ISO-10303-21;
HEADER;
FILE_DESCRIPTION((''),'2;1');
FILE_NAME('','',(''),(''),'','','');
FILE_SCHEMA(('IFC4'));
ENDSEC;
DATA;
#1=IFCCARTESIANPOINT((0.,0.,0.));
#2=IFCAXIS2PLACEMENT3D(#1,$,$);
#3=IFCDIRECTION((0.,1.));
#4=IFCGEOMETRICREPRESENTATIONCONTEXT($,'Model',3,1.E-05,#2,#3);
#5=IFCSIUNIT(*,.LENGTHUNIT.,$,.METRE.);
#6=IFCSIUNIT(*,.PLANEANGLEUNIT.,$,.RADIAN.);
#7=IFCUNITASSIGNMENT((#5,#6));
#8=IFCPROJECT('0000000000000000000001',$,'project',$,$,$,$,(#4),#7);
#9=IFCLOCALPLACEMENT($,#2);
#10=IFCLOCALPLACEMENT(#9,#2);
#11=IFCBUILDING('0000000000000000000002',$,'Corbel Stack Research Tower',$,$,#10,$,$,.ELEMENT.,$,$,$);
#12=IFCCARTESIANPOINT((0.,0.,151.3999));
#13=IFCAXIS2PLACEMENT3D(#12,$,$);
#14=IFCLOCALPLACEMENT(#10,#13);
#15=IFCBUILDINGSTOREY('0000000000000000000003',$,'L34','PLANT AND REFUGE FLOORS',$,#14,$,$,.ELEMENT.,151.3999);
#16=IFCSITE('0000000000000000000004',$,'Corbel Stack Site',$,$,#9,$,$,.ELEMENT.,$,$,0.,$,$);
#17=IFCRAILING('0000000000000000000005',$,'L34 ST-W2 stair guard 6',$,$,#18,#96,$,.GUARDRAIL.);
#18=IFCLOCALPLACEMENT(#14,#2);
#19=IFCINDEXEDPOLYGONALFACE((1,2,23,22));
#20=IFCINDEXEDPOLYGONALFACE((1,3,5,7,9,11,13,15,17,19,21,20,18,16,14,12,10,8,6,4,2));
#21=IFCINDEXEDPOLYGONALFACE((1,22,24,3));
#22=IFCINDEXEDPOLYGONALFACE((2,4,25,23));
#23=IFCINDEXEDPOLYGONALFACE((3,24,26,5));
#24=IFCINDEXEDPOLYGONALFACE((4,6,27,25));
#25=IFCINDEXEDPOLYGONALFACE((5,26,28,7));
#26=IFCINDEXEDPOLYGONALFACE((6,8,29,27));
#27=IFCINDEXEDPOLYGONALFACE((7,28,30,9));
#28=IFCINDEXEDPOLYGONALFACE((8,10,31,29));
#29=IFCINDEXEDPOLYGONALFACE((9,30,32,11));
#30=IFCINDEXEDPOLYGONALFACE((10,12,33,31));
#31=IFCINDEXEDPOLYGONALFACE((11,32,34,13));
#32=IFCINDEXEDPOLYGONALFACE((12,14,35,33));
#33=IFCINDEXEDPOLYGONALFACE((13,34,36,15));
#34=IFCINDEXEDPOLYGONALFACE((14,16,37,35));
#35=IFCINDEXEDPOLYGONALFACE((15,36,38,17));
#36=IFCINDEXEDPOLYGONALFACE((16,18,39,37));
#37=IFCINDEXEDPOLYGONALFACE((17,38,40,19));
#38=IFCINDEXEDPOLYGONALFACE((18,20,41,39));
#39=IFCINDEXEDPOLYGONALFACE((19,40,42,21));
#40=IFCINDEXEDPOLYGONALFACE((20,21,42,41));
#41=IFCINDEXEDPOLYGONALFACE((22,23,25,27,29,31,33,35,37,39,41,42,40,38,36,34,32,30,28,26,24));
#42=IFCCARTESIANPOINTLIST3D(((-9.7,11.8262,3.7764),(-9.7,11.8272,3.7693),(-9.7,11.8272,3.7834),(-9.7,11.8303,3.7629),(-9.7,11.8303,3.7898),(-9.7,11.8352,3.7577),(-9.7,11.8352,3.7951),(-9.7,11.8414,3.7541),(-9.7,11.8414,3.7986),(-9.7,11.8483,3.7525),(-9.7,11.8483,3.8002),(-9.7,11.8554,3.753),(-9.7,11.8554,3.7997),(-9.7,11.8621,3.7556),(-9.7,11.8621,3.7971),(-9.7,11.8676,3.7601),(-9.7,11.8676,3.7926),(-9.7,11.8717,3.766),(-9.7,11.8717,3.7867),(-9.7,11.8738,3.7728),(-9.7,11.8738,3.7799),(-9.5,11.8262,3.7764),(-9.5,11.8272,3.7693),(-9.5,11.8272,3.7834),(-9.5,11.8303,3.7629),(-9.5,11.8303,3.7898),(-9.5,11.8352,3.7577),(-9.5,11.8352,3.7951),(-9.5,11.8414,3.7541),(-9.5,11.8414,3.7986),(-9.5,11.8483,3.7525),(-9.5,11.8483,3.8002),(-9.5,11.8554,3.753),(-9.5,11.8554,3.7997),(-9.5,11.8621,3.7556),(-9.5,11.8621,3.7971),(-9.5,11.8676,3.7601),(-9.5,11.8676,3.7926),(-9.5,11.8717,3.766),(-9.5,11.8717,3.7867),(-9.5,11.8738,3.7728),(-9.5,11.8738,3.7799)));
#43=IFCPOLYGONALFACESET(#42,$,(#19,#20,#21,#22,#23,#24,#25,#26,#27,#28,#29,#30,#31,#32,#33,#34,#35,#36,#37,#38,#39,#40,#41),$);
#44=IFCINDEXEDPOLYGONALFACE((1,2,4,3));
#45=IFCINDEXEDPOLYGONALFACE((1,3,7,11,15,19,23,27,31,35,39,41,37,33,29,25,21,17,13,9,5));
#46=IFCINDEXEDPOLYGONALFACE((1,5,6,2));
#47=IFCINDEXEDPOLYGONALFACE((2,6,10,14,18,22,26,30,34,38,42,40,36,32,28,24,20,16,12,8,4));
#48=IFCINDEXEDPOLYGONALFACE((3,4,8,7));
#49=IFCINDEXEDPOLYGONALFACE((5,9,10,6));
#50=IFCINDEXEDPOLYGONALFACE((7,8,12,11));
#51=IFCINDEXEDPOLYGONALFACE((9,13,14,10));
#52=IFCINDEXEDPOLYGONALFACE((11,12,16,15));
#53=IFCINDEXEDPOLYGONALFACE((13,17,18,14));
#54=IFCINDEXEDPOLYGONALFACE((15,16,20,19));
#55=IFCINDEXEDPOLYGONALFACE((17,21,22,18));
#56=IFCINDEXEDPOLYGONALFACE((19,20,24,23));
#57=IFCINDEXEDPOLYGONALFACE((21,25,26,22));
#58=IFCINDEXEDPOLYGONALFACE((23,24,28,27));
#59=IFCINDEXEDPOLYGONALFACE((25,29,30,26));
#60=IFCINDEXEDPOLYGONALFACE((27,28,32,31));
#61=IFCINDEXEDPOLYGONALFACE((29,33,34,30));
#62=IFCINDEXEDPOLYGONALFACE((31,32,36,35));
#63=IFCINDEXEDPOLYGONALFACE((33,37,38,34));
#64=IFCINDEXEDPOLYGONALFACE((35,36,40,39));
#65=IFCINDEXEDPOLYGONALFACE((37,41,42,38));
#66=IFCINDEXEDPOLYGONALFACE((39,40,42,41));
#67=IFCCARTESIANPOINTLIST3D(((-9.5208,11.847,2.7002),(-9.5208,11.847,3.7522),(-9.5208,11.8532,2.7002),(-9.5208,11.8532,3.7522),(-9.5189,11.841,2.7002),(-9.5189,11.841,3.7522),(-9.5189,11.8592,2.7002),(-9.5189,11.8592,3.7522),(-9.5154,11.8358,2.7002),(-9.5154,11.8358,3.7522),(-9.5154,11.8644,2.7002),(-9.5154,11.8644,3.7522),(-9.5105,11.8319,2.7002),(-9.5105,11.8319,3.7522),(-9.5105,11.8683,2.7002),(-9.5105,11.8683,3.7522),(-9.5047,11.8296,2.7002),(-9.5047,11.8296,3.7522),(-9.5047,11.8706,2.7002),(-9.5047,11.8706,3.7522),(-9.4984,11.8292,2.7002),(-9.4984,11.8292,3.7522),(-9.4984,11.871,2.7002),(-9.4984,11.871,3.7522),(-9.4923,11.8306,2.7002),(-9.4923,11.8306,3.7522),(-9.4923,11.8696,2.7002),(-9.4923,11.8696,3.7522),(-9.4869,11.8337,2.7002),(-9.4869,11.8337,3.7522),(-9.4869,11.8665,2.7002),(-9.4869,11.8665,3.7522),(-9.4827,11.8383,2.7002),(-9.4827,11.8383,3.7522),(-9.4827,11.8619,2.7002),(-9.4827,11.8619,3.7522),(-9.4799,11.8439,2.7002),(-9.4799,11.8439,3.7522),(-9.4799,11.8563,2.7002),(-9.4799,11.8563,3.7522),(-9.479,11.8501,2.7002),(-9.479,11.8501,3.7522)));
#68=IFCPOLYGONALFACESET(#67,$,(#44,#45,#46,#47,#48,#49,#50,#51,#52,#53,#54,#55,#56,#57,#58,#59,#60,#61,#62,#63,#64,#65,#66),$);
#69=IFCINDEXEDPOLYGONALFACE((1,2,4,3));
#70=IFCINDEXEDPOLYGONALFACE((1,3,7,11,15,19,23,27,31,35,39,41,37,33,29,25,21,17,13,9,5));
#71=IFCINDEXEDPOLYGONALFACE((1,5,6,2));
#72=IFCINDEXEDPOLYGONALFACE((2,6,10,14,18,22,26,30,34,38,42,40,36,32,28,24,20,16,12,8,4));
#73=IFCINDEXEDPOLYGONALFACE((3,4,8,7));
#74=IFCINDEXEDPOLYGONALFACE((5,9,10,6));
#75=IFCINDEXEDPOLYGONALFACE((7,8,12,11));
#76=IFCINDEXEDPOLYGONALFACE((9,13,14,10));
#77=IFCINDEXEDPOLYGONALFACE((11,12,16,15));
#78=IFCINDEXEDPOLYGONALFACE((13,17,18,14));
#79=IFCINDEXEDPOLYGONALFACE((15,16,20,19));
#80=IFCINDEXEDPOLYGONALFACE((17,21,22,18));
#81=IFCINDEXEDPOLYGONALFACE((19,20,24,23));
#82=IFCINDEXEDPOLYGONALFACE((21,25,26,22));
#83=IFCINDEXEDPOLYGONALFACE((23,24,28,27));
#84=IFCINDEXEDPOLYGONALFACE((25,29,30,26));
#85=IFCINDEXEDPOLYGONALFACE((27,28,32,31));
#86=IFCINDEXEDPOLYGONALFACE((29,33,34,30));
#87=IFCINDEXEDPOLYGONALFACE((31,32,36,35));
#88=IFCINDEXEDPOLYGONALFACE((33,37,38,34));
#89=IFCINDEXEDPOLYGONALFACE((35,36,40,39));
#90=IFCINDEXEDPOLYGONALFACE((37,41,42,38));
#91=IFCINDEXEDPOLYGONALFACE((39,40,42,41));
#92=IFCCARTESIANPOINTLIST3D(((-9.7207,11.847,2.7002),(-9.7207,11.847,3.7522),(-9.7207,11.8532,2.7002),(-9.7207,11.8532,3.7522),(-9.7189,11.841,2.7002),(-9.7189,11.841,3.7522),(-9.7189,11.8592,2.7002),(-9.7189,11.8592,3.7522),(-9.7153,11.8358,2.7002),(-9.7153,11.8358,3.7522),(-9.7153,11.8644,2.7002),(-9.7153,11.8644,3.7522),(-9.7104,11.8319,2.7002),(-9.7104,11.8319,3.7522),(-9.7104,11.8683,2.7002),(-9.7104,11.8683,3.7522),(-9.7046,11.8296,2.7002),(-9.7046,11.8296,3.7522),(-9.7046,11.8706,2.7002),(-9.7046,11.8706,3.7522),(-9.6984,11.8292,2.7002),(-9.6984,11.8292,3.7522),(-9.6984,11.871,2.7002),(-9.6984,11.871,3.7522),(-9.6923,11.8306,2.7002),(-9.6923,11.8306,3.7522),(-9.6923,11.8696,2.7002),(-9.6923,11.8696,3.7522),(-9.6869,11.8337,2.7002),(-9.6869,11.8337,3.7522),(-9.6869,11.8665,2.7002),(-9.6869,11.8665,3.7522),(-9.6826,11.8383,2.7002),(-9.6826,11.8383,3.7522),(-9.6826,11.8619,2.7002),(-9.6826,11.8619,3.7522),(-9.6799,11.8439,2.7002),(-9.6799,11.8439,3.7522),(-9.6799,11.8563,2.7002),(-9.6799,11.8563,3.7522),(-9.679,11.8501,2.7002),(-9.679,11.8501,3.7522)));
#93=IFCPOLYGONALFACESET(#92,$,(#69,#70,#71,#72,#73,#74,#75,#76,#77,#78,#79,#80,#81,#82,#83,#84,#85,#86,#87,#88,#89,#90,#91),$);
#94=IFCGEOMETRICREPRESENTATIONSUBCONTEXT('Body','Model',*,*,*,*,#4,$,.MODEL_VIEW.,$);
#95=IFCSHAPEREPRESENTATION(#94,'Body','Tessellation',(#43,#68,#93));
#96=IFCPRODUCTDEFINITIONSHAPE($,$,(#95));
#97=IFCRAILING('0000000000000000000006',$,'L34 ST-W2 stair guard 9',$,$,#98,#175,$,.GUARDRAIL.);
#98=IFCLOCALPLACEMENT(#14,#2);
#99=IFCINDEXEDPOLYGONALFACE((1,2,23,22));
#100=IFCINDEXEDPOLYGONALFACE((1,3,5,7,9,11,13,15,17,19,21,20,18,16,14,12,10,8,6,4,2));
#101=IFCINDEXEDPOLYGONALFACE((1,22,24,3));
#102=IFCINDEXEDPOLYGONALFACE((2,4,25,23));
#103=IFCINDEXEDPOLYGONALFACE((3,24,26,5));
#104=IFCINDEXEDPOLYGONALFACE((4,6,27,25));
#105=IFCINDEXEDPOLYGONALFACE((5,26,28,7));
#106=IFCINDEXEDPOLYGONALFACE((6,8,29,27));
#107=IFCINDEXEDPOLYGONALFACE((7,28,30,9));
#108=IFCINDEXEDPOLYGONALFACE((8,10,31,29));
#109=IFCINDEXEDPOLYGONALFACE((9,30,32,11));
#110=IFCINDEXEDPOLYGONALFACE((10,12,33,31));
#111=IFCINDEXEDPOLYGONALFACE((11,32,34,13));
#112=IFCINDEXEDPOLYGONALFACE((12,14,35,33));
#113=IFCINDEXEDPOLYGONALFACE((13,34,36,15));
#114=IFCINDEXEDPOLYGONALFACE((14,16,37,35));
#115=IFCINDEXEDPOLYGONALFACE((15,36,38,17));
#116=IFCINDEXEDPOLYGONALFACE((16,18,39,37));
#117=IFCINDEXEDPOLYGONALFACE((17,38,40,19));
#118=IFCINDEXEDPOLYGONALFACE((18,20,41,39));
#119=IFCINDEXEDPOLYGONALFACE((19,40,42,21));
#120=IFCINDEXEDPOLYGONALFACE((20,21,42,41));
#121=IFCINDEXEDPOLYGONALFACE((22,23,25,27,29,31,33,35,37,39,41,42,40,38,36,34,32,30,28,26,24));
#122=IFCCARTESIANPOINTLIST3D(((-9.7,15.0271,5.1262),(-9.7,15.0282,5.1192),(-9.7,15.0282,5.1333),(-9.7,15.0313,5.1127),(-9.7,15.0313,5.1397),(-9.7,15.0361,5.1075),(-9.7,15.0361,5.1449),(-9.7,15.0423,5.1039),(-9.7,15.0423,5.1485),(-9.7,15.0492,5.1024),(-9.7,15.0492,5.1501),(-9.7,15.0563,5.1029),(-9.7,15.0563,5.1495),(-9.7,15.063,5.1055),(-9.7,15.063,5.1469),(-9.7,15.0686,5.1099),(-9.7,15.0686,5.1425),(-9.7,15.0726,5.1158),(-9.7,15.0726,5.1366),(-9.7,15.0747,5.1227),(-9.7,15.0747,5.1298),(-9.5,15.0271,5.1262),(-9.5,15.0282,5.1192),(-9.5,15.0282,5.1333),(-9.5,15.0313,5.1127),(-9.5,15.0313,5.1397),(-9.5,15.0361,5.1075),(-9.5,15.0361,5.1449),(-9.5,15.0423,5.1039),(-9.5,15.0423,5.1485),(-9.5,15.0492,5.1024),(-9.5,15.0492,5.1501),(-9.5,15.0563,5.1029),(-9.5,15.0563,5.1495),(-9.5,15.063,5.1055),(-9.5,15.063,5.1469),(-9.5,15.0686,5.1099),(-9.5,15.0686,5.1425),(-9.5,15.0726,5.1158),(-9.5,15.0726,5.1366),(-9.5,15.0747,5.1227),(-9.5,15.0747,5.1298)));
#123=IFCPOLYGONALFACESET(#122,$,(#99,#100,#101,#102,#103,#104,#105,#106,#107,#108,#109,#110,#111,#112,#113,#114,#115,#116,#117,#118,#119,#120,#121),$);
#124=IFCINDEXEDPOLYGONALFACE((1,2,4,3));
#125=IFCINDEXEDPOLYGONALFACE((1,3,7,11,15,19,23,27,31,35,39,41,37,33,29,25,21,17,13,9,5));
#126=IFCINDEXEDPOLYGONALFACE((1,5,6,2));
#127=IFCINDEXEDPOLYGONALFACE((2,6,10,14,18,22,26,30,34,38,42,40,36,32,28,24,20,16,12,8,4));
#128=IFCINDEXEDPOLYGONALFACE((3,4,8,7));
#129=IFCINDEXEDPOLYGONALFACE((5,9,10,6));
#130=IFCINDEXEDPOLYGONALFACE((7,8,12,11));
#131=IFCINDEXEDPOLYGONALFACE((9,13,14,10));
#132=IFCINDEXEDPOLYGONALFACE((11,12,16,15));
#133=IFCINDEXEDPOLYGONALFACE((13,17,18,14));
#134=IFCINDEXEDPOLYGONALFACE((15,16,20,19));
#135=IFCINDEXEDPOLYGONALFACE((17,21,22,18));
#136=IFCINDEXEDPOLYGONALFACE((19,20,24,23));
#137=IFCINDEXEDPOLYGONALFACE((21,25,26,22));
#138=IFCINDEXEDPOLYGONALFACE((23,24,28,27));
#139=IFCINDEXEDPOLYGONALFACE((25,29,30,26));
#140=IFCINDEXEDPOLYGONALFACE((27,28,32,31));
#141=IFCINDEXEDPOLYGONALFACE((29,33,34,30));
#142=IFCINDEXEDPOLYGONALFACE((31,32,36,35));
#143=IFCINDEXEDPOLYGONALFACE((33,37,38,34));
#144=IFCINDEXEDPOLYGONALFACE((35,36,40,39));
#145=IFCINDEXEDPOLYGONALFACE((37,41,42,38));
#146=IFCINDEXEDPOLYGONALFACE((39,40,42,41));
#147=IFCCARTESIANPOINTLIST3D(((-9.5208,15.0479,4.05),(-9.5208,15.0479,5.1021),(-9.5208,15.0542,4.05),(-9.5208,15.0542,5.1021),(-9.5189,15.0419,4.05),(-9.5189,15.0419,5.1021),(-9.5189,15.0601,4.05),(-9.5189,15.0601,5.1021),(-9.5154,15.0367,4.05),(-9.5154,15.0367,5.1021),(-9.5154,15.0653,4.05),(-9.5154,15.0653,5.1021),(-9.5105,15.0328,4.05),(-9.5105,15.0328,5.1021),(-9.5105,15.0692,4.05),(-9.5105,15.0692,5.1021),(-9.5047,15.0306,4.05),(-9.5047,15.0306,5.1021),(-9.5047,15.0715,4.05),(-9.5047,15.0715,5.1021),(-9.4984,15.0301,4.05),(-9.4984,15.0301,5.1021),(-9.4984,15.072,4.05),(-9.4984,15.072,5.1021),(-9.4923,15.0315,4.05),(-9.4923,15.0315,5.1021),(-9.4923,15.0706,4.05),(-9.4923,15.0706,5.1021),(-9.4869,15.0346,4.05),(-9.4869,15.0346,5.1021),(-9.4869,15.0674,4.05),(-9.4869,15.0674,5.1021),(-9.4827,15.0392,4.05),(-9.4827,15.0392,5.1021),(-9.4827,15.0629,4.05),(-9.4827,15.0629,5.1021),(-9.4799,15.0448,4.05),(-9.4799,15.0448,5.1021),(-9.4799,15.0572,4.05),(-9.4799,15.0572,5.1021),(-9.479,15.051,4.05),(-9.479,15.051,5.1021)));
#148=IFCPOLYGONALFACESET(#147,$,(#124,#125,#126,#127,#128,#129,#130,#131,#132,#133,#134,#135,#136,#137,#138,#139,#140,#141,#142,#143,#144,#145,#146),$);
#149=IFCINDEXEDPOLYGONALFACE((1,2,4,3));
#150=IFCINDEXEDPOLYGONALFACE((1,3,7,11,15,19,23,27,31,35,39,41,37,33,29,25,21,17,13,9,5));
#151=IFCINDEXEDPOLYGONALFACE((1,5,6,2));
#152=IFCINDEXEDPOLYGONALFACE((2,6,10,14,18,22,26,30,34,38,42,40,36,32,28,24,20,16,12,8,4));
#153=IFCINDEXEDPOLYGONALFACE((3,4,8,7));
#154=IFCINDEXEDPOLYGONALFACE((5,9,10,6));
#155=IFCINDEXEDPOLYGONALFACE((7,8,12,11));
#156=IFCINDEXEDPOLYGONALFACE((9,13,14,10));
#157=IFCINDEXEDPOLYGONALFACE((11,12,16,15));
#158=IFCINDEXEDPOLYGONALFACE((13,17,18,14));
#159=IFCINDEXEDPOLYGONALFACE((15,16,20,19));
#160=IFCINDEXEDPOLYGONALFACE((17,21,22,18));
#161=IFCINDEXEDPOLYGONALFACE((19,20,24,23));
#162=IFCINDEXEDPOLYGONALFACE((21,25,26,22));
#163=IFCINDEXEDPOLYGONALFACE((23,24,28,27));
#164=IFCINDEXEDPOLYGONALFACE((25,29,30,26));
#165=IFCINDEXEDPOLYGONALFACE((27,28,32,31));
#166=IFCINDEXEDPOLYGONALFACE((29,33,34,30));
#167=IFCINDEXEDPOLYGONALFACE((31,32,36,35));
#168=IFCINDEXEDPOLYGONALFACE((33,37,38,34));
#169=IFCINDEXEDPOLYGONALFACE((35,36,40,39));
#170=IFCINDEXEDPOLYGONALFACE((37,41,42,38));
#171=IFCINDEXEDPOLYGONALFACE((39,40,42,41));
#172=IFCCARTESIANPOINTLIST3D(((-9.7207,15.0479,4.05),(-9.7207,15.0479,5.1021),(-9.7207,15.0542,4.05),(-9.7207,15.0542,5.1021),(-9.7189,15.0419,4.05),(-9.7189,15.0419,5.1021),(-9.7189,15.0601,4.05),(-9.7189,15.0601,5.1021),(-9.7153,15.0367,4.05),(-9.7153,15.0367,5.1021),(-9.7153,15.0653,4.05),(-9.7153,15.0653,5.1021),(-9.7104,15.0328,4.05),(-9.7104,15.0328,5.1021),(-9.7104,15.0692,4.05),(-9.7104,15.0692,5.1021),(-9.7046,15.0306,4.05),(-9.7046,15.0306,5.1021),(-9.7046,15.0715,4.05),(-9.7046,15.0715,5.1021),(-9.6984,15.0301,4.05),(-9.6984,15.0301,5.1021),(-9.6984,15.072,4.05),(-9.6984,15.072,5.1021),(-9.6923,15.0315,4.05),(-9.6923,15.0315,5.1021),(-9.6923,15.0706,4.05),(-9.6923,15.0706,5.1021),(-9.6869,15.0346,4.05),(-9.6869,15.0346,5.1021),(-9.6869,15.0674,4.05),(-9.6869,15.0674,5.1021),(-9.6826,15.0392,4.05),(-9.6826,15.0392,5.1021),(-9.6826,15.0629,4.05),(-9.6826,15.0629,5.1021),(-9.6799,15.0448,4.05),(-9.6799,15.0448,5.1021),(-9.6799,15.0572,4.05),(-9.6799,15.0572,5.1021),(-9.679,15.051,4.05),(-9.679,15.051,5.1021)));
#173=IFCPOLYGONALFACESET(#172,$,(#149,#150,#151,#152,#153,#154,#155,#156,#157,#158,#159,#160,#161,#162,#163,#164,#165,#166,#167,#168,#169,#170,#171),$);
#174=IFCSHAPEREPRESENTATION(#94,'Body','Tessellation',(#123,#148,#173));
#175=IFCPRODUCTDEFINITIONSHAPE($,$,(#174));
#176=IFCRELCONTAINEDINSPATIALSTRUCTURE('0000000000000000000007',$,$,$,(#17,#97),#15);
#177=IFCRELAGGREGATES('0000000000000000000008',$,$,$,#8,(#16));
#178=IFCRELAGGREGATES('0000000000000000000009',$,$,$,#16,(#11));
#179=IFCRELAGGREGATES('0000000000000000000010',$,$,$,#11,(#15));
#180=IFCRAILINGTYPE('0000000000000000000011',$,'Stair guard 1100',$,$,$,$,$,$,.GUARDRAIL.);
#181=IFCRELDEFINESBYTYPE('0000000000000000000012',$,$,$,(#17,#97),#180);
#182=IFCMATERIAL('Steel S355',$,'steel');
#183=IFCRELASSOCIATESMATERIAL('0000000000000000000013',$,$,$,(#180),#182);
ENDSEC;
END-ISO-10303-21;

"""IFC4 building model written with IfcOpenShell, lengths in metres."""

from ifc_helpers import new_model, si_unit, direction, frame, origin, origin_2d, place, context, subcontext, project, spatial, circle, extrude, material, type_object, element, save


model = new_model("IFC4")

# Units and contexts
model_context = context("Model", 3, precision=1e-05, world=origin(), true_north=direction((0.0, 1.0)))
body_context = subcontext(model_context, "Body", "Model", "MODEL_VIEW")
ifc_project = project(units=[si_unit("LENGTHUNIT", "METRE"), si_unit("PLANEANGLEUNIT", "RADIAN")], contexts=[model_context])

# Site, building, storey
site_placement = place(None, origin())
site = spatial("IfcSite", under=ifc_project, at=site_placement, Name="Corbel Stack Site", CompositionType="ELEMENT", RefElevation=0.0)
building_placement = place(site_placement, origin())
building = spatial("IfcBuilding", under=site, at=building_placement, Name="Corbel Stack Research Tower", CompositionType="ELEMENT")
storey_placement = place(building_placement, frame((0.0, 0.0, 151.3999)))
storey = spatial("IfcBuildingStorey", under=building, at=storey_placement, Name="L34", Description="PLANT AND REFUGE FLOORS", CompositionType="ELEMENT", Elevation=151.3999)

# Railings
ifc_material_1 = material(Name="Steel S355", Category="steel")
railing_type_1 = type_object("IfcRailingType", Name="Stair guard 1100", PredefinedType="GUARDRAIL", material=ifc_material_1)
for number, where, name in (
    (1, (-9.5, 11.8501, 2.7002), "L34 ST-W2 stair guard 6"),
    (2, (-9.5, 15.051, 4.05), "L34 ST-W2 stair guard 9"),
):
    element("IfcRailing", number, at=place(storey_placement, frame(where)), inside=storey, type_object=railing_type_1, Name=name, PredefinedType="GUARDRAIL", context=body_context, shape_type="SweptSolid", body=[
        extrude(circle(Radius=0.0239, at=origin_2d()), frame((0.0, 0.0, 1.0762), z_axis=(-1.0, 0.0, 0.0), x_axis=(0.0, -1.0, 0.0)), (0.0, 0.0, 1.0), 0.2),
        extrude(circle(Radius=0.021, at=origin_2d()), origin(), (0.0, 0.0, 1.0), 1.052),
        extrude(circle(Radius=0.021, at=origin_2d()), frame((-0.2, 0.0, 0.0)), (0.0, 0.0, 1.0), 1.052),
    ])

save(model, "model.ifc")
